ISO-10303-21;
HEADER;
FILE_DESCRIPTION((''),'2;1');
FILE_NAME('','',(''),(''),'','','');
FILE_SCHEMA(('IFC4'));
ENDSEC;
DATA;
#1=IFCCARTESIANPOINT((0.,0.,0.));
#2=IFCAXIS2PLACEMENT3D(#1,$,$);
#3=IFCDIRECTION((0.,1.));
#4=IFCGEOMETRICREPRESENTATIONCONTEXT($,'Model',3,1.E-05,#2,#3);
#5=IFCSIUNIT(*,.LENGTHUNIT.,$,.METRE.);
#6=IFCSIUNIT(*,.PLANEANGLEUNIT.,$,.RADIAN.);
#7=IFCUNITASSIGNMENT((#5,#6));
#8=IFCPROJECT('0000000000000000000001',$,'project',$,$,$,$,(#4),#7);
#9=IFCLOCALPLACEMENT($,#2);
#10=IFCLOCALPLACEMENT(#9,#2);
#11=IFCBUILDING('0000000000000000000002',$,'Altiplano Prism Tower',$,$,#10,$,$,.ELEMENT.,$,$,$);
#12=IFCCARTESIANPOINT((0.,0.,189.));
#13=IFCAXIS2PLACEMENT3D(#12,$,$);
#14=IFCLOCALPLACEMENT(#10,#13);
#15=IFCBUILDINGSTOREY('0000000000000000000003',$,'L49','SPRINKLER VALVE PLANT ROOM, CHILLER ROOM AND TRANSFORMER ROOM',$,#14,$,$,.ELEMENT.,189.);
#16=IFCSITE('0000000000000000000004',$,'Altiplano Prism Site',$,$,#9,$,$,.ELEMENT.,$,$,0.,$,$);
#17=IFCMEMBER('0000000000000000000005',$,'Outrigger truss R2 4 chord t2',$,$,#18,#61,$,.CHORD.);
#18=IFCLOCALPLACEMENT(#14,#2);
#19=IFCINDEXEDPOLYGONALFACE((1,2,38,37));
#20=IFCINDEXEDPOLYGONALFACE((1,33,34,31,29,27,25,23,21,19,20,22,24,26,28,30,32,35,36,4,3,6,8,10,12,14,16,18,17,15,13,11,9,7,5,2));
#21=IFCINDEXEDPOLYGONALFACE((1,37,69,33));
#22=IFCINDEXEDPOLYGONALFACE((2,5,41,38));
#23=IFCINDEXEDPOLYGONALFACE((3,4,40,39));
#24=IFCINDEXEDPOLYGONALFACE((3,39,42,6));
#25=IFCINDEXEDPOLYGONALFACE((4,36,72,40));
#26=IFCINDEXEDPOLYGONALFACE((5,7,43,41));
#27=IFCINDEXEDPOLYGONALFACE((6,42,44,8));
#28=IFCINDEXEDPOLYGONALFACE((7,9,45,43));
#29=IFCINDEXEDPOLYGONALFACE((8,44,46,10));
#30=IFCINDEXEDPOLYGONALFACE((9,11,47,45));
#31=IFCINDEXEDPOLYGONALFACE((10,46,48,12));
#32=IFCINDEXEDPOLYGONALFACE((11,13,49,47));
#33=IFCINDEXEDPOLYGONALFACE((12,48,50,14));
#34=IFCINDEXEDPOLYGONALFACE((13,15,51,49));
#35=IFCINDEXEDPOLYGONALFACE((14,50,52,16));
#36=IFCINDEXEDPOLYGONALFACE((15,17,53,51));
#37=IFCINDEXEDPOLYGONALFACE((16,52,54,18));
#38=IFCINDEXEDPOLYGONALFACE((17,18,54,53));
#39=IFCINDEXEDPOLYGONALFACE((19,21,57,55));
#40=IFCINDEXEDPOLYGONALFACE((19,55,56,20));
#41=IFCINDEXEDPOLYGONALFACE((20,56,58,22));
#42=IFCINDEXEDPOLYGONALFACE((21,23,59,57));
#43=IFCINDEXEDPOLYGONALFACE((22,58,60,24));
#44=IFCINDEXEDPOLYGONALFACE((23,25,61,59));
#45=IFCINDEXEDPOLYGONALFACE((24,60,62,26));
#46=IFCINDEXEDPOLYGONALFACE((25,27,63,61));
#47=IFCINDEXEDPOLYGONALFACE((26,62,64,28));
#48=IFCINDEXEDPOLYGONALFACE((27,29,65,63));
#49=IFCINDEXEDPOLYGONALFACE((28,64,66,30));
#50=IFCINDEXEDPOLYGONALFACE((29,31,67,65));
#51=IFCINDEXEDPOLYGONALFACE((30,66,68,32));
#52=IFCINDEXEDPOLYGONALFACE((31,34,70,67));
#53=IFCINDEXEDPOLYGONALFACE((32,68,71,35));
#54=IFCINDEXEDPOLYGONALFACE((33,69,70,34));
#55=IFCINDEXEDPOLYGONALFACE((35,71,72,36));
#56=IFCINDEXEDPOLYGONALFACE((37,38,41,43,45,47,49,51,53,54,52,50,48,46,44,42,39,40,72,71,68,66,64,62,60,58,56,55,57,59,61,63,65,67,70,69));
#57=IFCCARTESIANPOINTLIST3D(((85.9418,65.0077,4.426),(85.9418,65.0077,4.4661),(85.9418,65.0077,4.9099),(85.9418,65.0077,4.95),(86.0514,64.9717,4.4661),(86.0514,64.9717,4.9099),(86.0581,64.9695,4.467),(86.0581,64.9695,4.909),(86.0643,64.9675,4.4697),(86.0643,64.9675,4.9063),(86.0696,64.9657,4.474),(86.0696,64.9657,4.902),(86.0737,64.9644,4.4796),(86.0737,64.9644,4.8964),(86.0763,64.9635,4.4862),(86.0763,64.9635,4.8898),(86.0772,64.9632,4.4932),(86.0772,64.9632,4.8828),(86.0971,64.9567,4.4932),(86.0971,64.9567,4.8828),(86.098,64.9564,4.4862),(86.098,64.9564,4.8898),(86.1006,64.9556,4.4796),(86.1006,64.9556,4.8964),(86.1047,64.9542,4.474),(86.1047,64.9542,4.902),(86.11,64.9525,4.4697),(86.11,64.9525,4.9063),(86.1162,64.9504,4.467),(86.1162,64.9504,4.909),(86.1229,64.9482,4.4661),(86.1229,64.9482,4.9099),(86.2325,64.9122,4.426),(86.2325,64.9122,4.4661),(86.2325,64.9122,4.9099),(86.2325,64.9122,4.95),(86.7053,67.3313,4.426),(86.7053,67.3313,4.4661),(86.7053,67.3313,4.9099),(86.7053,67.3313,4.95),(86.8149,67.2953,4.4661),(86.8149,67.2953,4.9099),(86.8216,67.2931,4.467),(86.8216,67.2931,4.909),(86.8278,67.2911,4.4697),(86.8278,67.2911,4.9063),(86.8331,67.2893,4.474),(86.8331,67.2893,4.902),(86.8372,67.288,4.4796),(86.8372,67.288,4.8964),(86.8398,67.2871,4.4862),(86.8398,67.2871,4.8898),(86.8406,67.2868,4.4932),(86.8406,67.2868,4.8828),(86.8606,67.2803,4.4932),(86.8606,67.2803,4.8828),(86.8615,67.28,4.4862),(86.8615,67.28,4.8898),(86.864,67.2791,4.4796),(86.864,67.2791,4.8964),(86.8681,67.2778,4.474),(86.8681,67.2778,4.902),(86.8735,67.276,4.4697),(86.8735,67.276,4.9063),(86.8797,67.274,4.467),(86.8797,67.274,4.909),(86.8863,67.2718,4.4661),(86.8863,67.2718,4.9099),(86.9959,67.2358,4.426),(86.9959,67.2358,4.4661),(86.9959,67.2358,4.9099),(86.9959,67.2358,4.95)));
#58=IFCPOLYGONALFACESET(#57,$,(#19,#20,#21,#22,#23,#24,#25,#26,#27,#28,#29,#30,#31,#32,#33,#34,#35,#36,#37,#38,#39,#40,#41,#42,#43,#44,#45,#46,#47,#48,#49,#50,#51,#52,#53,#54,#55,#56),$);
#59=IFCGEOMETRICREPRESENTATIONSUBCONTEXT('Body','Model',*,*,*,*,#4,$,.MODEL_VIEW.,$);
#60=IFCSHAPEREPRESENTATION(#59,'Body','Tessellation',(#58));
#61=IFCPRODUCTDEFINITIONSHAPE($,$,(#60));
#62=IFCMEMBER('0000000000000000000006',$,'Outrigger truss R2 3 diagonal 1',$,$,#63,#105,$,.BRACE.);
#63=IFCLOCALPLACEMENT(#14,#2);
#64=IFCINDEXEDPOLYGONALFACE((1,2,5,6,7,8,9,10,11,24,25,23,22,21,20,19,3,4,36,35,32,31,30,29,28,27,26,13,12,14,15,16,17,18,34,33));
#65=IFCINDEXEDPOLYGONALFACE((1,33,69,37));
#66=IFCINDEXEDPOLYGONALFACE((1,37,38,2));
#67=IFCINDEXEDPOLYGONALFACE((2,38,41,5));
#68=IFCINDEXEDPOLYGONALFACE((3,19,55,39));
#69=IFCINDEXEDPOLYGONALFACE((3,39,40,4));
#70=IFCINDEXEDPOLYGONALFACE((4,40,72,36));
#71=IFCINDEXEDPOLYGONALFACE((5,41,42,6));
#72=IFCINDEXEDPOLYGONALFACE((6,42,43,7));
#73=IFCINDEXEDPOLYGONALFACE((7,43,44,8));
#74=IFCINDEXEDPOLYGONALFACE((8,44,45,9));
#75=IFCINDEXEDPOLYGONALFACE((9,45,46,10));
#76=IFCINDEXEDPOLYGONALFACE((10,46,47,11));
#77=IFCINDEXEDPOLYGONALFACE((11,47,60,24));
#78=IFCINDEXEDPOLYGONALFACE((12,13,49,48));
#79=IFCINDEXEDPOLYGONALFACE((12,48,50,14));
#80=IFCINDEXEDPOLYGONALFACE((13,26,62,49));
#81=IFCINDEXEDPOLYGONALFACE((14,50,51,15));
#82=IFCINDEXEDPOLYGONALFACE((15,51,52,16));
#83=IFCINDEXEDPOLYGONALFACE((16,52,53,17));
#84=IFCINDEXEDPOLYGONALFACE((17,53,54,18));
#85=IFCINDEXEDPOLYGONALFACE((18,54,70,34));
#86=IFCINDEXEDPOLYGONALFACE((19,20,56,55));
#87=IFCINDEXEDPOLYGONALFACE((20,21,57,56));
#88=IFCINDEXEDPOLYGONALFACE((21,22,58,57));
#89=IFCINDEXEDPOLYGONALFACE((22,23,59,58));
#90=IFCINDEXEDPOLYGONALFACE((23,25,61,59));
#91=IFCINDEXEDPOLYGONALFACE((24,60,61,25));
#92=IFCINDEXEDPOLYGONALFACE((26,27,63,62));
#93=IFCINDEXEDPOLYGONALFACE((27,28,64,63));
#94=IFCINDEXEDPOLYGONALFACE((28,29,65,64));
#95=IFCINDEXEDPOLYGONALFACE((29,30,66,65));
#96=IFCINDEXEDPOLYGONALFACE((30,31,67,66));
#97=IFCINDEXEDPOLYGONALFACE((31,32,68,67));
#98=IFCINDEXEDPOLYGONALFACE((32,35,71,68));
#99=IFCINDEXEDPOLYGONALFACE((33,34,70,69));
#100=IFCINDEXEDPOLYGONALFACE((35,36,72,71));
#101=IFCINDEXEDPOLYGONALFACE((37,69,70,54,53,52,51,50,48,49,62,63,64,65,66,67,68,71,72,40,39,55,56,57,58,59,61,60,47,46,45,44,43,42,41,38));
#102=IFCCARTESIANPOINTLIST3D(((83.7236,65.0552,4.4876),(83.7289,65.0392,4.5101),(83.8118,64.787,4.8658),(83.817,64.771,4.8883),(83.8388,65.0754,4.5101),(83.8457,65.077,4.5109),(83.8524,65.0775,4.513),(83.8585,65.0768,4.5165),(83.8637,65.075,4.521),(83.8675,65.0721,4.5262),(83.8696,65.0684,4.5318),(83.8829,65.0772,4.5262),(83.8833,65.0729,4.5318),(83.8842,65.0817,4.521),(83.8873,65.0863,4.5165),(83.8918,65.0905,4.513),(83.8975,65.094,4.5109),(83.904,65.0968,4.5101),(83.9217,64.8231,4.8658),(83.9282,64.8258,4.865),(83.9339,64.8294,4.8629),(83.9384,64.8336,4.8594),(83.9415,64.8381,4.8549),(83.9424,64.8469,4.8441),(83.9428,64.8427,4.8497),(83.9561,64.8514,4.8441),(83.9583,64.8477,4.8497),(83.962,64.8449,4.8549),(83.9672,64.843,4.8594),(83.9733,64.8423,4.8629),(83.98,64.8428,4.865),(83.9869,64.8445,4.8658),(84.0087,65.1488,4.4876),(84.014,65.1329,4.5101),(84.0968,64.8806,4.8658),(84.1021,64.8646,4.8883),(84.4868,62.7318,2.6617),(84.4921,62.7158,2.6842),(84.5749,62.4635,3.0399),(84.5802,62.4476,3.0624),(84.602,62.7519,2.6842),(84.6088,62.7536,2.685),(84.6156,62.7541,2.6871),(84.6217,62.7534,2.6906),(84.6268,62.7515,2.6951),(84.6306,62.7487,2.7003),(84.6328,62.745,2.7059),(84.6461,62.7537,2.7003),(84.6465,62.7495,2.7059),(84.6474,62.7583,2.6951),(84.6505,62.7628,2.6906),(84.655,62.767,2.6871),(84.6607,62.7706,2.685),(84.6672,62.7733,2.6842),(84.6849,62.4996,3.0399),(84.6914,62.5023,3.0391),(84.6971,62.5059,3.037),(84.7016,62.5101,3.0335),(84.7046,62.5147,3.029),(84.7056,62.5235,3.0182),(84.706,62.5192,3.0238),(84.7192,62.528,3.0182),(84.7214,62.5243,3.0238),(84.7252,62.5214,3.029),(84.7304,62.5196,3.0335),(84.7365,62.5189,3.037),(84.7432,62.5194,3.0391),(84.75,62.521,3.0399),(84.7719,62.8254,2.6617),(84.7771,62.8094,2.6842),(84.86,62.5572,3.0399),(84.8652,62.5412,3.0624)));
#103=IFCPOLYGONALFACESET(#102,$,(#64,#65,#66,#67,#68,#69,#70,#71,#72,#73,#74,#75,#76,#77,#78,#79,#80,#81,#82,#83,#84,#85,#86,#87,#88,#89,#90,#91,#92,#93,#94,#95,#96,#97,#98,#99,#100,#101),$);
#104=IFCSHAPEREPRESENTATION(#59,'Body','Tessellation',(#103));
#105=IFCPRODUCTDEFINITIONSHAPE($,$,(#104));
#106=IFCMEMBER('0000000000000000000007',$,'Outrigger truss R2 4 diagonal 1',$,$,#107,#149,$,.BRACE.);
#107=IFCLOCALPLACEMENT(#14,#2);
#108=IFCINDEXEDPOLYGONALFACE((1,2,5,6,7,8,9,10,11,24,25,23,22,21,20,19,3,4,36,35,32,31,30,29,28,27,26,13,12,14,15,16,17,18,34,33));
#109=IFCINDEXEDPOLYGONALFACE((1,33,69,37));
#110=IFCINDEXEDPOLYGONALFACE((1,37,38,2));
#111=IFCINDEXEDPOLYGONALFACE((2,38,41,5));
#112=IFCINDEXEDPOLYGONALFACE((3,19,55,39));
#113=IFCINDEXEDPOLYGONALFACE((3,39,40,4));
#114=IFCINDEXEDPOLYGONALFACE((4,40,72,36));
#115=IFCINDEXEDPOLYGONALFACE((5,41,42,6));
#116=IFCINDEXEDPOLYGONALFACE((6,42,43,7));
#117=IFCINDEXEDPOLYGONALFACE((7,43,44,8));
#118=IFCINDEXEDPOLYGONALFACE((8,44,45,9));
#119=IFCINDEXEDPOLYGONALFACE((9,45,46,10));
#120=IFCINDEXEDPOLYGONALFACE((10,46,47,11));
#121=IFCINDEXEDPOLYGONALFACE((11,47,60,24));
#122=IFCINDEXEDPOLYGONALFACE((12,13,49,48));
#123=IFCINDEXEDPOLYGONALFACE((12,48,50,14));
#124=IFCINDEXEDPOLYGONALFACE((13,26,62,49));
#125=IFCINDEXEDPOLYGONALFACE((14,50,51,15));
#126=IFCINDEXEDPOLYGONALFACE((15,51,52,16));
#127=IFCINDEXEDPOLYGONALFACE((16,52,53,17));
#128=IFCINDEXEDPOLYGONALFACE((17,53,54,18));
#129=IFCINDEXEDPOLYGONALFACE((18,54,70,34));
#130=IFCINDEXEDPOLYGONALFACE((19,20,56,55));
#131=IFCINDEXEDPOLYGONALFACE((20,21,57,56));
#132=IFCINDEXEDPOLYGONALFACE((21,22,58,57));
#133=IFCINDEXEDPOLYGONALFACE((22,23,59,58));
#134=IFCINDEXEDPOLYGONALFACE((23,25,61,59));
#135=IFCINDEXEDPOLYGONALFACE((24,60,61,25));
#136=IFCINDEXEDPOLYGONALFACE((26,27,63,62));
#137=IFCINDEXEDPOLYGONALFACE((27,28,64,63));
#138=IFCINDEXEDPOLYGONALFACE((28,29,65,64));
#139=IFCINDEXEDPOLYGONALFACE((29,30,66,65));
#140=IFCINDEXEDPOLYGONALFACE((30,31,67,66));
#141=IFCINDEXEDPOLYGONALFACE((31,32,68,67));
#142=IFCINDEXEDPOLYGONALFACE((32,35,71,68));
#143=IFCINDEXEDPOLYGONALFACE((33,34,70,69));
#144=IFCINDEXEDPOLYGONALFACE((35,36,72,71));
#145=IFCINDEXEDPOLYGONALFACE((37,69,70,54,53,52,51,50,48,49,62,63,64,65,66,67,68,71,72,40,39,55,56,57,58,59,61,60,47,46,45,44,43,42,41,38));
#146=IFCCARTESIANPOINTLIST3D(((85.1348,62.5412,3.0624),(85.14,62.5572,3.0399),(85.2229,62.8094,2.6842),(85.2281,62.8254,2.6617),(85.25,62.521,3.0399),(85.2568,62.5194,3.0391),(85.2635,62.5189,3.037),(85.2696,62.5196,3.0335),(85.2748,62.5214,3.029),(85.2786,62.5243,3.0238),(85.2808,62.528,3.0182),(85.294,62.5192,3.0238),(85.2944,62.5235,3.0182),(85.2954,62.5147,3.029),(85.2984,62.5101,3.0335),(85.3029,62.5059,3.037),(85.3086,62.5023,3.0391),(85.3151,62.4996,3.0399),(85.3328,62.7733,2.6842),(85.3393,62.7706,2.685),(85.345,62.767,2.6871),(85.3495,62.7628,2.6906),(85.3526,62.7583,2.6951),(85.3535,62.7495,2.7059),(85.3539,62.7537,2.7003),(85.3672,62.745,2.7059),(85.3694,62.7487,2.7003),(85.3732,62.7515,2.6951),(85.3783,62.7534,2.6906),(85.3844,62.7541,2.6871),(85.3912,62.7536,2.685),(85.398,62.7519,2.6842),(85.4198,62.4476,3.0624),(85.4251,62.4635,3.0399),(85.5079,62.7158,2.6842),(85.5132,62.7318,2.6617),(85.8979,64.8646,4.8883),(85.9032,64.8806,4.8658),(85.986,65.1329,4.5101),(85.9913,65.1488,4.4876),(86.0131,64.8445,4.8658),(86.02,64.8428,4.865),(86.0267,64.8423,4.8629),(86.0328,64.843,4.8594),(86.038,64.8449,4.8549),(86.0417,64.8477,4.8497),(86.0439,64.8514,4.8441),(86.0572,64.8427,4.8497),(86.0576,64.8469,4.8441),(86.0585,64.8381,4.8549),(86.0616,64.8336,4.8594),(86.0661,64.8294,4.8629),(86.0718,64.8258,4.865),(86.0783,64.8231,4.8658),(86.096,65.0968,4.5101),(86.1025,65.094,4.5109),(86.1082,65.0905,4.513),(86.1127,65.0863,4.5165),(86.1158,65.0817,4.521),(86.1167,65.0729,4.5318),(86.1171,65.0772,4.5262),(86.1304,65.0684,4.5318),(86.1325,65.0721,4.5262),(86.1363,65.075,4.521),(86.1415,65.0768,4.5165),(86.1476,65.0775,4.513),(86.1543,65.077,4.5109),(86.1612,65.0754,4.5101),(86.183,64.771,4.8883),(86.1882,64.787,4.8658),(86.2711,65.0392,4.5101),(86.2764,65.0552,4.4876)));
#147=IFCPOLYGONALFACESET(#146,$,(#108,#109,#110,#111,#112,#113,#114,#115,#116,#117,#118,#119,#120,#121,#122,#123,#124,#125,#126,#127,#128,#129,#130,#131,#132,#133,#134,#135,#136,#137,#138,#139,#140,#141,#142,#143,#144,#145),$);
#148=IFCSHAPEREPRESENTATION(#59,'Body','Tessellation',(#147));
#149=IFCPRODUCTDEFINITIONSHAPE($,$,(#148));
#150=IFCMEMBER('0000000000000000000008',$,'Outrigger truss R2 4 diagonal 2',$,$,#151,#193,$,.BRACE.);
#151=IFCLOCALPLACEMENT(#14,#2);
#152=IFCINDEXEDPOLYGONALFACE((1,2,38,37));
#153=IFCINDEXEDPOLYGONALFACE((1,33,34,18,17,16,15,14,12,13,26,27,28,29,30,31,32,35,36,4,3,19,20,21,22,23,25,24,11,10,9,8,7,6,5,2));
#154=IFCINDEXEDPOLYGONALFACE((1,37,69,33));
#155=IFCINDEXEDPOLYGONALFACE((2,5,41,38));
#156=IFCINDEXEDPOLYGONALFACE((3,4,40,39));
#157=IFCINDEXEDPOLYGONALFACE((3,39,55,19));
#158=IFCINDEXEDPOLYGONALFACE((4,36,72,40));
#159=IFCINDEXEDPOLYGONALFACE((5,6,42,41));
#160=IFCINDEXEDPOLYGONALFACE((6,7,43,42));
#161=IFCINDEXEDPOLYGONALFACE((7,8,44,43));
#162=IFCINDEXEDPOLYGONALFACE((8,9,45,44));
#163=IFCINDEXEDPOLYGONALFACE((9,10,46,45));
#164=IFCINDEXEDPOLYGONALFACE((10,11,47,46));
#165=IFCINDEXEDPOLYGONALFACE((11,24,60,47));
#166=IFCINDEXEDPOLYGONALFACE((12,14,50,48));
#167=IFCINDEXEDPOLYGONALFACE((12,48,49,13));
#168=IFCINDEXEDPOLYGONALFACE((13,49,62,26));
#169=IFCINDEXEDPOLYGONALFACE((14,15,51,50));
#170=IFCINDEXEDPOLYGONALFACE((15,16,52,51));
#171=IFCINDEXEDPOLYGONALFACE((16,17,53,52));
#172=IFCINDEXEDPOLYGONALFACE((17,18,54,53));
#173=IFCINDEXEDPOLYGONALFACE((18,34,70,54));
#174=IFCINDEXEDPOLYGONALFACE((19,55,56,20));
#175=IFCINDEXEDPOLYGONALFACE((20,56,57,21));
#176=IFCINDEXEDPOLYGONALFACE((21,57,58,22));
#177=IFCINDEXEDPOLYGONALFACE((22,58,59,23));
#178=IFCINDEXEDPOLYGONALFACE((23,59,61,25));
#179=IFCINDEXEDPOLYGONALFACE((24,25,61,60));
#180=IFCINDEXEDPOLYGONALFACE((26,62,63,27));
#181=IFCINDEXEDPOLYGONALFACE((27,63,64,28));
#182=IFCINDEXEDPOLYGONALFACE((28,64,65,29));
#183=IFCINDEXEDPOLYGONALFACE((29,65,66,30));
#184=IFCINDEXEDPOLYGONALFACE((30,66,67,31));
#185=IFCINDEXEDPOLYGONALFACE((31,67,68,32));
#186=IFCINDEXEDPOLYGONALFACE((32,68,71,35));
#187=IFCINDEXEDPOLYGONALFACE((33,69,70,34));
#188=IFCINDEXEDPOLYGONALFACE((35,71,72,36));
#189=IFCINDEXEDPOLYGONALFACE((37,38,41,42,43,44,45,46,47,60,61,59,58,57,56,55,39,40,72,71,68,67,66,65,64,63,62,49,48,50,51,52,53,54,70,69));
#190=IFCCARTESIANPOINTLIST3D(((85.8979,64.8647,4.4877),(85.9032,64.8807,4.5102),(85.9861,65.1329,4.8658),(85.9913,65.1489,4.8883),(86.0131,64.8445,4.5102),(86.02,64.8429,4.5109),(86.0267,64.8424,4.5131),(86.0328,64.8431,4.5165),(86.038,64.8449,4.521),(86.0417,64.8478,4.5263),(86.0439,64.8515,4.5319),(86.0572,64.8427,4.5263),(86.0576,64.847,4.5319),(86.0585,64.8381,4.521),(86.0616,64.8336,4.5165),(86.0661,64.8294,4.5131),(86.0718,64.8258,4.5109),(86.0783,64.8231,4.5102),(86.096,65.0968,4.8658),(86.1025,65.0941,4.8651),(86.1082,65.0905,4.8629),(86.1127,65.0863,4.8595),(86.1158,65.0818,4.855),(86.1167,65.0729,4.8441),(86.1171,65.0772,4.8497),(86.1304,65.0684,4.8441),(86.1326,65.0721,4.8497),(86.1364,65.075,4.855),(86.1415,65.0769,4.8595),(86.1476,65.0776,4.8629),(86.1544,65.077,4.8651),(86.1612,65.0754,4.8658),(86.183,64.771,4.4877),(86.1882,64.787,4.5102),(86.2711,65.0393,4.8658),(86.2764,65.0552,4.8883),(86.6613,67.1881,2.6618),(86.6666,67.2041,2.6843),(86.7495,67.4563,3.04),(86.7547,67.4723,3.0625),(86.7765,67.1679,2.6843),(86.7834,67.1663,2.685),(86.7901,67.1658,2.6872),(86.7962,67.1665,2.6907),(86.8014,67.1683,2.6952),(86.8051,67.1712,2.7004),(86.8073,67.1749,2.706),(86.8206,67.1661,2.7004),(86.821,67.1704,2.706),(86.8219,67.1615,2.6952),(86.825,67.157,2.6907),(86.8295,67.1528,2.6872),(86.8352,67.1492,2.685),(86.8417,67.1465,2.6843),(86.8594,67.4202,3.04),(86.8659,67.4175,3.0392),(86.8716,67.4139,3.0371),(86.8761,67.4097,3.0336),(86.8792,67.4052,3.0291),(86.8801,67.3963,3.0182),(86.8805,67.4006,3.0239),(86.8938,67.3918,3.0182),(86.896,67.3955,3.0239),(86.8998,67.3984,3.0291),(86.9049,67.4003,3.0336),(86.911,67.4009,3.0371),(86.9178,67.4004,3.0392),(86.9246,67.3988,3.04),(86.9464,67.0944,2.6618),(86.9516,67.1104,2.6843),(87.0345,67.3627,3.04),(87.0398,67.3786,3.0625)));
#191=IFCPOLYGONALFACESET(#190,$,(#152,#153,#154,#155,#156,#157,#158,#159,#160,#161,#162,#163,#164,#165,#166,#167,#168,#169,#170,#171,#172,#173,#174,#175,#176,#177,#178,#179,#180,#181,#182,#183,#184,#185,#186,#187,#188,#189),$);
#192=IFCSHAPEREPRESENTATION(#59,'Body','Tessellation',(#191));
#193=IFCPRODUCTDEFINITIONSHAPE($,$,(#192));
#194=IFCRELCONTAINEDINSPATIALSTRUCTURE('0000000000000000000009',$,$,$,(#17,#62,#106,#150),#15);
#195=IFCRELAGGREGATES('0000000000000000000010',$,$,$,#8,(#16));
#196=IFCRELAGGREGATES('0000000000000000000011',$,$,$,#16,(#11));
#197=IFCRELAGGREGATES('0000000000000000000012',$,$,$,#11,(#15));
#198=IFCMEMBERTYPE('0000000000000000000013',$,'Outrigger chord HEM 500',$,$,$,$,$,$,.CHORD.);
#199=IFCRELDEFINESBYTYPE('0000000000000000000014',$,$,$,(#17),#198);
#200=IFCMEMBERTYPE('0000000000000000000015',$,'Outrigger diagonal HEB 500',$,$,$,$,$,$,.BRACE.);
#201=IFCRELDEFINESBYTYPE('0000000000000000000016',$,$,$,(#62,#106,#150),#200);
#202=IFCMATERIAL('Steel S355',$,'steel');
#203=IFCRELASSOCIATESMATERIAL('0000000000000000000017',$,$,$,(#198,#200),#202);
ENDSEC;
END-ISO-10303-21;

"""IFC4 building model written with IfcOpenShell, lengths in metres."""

from ifc_helpers import new_model, si_unit, direction, frame, origin, origin_2d, place, context, subcontext, project, spatial, i_section, extrude, material, material_profile, profile_set, type_object, element, save


model = new_model("IFC4")

# Units and contexts
model_context = context("Model", 3, precision=1e-05, world=origin(), true_north=direction((0.0, 1.0)))
body_context = subcontext(model_context, "Body", "Model", "MODEL_VIEW")
ifc_project = project(units=[si_unit("LENGTHUNIT", "METRE"), si_unit("PLANEANGLEUNIT", "RADIAN")], contexts=[model_context])

# Site, building, storey
site_placement = place(None, origin())
site = spatial("IfcSite", under=ifc_project, at=site_placement, Name="Altiplano Prism Site", CompositionType="ELEMENT", RefElevation=0.0)
building_placement = place(site_placement, origin())
building = spatial("IfcBuilding", under=site, at=building_placement, Name="Altiplano Prism Tower", CompositionType="ELEMENT")
storey_placement = place(building_placement, frame((0.0, 0.0, 189.0)))
storey = spatial("IfcBuildingStorey", under=building, at=storey_placement, Name="L49", Description="SPRINKLER VALVE PLANT ROOM, CHILLER ROOM AND TRANSFORMER ROOM", CompositionType="ELEMENT", Elevation=189.0)

# Shared definitions
ifc_material_1 = material(Name="Steel S355", Category="steel")

# Members
ifc_material_profile_1 = material_profile(ifc_material_1, i_section(OverallWidth=0.3059, OverallDepth=0.5239, WebThickness=0.021, FlangeThickness=0.04, FilletRadius=0.0271, at=origin_2d()), Name="Outrigger chord HEM 500")
ifc_profile_set_1 = profile_set([ifc_material_profile_1], Name="Steel S355")
member_type_1 = type_object("IfcMemberType", Name="Outrigger chord HEM 500", PredefinedType="CHORD", material=ifc_profile_set_1)
for number, where, z_axis, x_axis, name in (
    (1, (86.0872, 64.96, 4.688), (0.312152, 0.950032, 0.0), (-0.950032, 0.312152, 0.0), "Outrigger truss R2 4 chord t2"),
):
    element("IfcMember", number, at=place(storey_placement, frame(where, z_axis=z_axis, x_axis=x_axis)), inside=storey, type_object=member_type_1, Name=name, PredefinedType="CHORD", context=body_context, shape_type="SweptSolid", body=[
        extrude(i_section(OverallWidth=0.3059, OverallDepth=0.5239, WebThickness=0.021, FlangeThickness=0.04, FilletRadius=0.0271, at=origin_2d()), origin(), (0.0, 0.0, 1.0), 2.4458),
    ])
ifc_material_profile_2 = material_profile(ifc_material_1, i_section(OverallWidth=0.3, OverallDepth=0.5, WebThickness=0.0144, FlangeThickness=0.0281, FilletRadius=0.0271, at=origin_2d()), Name="Outrigger diagonal HEB 500")
ifc_profile_set_2 = profile_set([ifc_material_profile_2], Name="Steel S355")
member_type_2 = type_object("IfcMemberType", Name="Outrigger diagonal HEB 500", PredefinedType="BRACE", material=ifc_profile_set_2)
for number, where, z_axis, x_axis, name in (
    (2, (84.676, 62.6365, 2.8621), (-0.250056, 0.761285, 0.598261), (-0.950062, -0.312062, 0.0), "Outrigger truss R2 3 diagonal 1"),
    (3, (85.324, 62.6365, 2.8621), (0.250056, 0.761285, 0.598261), (-0.950062, 0.312062, 0.0), "Outrigger truss R2 4 diagonal 1"),
    (4, (86.0872, 64.96, 4.688), (0.25013, 0.76127, -0.598249), (-0.950032, 0.312152, 0.0), "Outrigger truss R2 4 diagonal 2"),
):
    element("IfcMember", number, at=place(storey_placement, frame(where, z_axis=z_axis, x_axis=x_axis)), inside=storey, type_object=member_type_2, Name=name, PredefinedType="BRACE", context=body_context, shape_type="SweptSolid", body=[
        extrude(i_section(OverallWidth=0.3, OverallDepth=0.5, WebThickness=0.0144, FlangeThickness=0.0281, FilletRadius=0.0271, at=origin_2d()), origin(), (0.0, 0.0, 1.0), 3.052),
    ])

save(model, "model.ifc")
